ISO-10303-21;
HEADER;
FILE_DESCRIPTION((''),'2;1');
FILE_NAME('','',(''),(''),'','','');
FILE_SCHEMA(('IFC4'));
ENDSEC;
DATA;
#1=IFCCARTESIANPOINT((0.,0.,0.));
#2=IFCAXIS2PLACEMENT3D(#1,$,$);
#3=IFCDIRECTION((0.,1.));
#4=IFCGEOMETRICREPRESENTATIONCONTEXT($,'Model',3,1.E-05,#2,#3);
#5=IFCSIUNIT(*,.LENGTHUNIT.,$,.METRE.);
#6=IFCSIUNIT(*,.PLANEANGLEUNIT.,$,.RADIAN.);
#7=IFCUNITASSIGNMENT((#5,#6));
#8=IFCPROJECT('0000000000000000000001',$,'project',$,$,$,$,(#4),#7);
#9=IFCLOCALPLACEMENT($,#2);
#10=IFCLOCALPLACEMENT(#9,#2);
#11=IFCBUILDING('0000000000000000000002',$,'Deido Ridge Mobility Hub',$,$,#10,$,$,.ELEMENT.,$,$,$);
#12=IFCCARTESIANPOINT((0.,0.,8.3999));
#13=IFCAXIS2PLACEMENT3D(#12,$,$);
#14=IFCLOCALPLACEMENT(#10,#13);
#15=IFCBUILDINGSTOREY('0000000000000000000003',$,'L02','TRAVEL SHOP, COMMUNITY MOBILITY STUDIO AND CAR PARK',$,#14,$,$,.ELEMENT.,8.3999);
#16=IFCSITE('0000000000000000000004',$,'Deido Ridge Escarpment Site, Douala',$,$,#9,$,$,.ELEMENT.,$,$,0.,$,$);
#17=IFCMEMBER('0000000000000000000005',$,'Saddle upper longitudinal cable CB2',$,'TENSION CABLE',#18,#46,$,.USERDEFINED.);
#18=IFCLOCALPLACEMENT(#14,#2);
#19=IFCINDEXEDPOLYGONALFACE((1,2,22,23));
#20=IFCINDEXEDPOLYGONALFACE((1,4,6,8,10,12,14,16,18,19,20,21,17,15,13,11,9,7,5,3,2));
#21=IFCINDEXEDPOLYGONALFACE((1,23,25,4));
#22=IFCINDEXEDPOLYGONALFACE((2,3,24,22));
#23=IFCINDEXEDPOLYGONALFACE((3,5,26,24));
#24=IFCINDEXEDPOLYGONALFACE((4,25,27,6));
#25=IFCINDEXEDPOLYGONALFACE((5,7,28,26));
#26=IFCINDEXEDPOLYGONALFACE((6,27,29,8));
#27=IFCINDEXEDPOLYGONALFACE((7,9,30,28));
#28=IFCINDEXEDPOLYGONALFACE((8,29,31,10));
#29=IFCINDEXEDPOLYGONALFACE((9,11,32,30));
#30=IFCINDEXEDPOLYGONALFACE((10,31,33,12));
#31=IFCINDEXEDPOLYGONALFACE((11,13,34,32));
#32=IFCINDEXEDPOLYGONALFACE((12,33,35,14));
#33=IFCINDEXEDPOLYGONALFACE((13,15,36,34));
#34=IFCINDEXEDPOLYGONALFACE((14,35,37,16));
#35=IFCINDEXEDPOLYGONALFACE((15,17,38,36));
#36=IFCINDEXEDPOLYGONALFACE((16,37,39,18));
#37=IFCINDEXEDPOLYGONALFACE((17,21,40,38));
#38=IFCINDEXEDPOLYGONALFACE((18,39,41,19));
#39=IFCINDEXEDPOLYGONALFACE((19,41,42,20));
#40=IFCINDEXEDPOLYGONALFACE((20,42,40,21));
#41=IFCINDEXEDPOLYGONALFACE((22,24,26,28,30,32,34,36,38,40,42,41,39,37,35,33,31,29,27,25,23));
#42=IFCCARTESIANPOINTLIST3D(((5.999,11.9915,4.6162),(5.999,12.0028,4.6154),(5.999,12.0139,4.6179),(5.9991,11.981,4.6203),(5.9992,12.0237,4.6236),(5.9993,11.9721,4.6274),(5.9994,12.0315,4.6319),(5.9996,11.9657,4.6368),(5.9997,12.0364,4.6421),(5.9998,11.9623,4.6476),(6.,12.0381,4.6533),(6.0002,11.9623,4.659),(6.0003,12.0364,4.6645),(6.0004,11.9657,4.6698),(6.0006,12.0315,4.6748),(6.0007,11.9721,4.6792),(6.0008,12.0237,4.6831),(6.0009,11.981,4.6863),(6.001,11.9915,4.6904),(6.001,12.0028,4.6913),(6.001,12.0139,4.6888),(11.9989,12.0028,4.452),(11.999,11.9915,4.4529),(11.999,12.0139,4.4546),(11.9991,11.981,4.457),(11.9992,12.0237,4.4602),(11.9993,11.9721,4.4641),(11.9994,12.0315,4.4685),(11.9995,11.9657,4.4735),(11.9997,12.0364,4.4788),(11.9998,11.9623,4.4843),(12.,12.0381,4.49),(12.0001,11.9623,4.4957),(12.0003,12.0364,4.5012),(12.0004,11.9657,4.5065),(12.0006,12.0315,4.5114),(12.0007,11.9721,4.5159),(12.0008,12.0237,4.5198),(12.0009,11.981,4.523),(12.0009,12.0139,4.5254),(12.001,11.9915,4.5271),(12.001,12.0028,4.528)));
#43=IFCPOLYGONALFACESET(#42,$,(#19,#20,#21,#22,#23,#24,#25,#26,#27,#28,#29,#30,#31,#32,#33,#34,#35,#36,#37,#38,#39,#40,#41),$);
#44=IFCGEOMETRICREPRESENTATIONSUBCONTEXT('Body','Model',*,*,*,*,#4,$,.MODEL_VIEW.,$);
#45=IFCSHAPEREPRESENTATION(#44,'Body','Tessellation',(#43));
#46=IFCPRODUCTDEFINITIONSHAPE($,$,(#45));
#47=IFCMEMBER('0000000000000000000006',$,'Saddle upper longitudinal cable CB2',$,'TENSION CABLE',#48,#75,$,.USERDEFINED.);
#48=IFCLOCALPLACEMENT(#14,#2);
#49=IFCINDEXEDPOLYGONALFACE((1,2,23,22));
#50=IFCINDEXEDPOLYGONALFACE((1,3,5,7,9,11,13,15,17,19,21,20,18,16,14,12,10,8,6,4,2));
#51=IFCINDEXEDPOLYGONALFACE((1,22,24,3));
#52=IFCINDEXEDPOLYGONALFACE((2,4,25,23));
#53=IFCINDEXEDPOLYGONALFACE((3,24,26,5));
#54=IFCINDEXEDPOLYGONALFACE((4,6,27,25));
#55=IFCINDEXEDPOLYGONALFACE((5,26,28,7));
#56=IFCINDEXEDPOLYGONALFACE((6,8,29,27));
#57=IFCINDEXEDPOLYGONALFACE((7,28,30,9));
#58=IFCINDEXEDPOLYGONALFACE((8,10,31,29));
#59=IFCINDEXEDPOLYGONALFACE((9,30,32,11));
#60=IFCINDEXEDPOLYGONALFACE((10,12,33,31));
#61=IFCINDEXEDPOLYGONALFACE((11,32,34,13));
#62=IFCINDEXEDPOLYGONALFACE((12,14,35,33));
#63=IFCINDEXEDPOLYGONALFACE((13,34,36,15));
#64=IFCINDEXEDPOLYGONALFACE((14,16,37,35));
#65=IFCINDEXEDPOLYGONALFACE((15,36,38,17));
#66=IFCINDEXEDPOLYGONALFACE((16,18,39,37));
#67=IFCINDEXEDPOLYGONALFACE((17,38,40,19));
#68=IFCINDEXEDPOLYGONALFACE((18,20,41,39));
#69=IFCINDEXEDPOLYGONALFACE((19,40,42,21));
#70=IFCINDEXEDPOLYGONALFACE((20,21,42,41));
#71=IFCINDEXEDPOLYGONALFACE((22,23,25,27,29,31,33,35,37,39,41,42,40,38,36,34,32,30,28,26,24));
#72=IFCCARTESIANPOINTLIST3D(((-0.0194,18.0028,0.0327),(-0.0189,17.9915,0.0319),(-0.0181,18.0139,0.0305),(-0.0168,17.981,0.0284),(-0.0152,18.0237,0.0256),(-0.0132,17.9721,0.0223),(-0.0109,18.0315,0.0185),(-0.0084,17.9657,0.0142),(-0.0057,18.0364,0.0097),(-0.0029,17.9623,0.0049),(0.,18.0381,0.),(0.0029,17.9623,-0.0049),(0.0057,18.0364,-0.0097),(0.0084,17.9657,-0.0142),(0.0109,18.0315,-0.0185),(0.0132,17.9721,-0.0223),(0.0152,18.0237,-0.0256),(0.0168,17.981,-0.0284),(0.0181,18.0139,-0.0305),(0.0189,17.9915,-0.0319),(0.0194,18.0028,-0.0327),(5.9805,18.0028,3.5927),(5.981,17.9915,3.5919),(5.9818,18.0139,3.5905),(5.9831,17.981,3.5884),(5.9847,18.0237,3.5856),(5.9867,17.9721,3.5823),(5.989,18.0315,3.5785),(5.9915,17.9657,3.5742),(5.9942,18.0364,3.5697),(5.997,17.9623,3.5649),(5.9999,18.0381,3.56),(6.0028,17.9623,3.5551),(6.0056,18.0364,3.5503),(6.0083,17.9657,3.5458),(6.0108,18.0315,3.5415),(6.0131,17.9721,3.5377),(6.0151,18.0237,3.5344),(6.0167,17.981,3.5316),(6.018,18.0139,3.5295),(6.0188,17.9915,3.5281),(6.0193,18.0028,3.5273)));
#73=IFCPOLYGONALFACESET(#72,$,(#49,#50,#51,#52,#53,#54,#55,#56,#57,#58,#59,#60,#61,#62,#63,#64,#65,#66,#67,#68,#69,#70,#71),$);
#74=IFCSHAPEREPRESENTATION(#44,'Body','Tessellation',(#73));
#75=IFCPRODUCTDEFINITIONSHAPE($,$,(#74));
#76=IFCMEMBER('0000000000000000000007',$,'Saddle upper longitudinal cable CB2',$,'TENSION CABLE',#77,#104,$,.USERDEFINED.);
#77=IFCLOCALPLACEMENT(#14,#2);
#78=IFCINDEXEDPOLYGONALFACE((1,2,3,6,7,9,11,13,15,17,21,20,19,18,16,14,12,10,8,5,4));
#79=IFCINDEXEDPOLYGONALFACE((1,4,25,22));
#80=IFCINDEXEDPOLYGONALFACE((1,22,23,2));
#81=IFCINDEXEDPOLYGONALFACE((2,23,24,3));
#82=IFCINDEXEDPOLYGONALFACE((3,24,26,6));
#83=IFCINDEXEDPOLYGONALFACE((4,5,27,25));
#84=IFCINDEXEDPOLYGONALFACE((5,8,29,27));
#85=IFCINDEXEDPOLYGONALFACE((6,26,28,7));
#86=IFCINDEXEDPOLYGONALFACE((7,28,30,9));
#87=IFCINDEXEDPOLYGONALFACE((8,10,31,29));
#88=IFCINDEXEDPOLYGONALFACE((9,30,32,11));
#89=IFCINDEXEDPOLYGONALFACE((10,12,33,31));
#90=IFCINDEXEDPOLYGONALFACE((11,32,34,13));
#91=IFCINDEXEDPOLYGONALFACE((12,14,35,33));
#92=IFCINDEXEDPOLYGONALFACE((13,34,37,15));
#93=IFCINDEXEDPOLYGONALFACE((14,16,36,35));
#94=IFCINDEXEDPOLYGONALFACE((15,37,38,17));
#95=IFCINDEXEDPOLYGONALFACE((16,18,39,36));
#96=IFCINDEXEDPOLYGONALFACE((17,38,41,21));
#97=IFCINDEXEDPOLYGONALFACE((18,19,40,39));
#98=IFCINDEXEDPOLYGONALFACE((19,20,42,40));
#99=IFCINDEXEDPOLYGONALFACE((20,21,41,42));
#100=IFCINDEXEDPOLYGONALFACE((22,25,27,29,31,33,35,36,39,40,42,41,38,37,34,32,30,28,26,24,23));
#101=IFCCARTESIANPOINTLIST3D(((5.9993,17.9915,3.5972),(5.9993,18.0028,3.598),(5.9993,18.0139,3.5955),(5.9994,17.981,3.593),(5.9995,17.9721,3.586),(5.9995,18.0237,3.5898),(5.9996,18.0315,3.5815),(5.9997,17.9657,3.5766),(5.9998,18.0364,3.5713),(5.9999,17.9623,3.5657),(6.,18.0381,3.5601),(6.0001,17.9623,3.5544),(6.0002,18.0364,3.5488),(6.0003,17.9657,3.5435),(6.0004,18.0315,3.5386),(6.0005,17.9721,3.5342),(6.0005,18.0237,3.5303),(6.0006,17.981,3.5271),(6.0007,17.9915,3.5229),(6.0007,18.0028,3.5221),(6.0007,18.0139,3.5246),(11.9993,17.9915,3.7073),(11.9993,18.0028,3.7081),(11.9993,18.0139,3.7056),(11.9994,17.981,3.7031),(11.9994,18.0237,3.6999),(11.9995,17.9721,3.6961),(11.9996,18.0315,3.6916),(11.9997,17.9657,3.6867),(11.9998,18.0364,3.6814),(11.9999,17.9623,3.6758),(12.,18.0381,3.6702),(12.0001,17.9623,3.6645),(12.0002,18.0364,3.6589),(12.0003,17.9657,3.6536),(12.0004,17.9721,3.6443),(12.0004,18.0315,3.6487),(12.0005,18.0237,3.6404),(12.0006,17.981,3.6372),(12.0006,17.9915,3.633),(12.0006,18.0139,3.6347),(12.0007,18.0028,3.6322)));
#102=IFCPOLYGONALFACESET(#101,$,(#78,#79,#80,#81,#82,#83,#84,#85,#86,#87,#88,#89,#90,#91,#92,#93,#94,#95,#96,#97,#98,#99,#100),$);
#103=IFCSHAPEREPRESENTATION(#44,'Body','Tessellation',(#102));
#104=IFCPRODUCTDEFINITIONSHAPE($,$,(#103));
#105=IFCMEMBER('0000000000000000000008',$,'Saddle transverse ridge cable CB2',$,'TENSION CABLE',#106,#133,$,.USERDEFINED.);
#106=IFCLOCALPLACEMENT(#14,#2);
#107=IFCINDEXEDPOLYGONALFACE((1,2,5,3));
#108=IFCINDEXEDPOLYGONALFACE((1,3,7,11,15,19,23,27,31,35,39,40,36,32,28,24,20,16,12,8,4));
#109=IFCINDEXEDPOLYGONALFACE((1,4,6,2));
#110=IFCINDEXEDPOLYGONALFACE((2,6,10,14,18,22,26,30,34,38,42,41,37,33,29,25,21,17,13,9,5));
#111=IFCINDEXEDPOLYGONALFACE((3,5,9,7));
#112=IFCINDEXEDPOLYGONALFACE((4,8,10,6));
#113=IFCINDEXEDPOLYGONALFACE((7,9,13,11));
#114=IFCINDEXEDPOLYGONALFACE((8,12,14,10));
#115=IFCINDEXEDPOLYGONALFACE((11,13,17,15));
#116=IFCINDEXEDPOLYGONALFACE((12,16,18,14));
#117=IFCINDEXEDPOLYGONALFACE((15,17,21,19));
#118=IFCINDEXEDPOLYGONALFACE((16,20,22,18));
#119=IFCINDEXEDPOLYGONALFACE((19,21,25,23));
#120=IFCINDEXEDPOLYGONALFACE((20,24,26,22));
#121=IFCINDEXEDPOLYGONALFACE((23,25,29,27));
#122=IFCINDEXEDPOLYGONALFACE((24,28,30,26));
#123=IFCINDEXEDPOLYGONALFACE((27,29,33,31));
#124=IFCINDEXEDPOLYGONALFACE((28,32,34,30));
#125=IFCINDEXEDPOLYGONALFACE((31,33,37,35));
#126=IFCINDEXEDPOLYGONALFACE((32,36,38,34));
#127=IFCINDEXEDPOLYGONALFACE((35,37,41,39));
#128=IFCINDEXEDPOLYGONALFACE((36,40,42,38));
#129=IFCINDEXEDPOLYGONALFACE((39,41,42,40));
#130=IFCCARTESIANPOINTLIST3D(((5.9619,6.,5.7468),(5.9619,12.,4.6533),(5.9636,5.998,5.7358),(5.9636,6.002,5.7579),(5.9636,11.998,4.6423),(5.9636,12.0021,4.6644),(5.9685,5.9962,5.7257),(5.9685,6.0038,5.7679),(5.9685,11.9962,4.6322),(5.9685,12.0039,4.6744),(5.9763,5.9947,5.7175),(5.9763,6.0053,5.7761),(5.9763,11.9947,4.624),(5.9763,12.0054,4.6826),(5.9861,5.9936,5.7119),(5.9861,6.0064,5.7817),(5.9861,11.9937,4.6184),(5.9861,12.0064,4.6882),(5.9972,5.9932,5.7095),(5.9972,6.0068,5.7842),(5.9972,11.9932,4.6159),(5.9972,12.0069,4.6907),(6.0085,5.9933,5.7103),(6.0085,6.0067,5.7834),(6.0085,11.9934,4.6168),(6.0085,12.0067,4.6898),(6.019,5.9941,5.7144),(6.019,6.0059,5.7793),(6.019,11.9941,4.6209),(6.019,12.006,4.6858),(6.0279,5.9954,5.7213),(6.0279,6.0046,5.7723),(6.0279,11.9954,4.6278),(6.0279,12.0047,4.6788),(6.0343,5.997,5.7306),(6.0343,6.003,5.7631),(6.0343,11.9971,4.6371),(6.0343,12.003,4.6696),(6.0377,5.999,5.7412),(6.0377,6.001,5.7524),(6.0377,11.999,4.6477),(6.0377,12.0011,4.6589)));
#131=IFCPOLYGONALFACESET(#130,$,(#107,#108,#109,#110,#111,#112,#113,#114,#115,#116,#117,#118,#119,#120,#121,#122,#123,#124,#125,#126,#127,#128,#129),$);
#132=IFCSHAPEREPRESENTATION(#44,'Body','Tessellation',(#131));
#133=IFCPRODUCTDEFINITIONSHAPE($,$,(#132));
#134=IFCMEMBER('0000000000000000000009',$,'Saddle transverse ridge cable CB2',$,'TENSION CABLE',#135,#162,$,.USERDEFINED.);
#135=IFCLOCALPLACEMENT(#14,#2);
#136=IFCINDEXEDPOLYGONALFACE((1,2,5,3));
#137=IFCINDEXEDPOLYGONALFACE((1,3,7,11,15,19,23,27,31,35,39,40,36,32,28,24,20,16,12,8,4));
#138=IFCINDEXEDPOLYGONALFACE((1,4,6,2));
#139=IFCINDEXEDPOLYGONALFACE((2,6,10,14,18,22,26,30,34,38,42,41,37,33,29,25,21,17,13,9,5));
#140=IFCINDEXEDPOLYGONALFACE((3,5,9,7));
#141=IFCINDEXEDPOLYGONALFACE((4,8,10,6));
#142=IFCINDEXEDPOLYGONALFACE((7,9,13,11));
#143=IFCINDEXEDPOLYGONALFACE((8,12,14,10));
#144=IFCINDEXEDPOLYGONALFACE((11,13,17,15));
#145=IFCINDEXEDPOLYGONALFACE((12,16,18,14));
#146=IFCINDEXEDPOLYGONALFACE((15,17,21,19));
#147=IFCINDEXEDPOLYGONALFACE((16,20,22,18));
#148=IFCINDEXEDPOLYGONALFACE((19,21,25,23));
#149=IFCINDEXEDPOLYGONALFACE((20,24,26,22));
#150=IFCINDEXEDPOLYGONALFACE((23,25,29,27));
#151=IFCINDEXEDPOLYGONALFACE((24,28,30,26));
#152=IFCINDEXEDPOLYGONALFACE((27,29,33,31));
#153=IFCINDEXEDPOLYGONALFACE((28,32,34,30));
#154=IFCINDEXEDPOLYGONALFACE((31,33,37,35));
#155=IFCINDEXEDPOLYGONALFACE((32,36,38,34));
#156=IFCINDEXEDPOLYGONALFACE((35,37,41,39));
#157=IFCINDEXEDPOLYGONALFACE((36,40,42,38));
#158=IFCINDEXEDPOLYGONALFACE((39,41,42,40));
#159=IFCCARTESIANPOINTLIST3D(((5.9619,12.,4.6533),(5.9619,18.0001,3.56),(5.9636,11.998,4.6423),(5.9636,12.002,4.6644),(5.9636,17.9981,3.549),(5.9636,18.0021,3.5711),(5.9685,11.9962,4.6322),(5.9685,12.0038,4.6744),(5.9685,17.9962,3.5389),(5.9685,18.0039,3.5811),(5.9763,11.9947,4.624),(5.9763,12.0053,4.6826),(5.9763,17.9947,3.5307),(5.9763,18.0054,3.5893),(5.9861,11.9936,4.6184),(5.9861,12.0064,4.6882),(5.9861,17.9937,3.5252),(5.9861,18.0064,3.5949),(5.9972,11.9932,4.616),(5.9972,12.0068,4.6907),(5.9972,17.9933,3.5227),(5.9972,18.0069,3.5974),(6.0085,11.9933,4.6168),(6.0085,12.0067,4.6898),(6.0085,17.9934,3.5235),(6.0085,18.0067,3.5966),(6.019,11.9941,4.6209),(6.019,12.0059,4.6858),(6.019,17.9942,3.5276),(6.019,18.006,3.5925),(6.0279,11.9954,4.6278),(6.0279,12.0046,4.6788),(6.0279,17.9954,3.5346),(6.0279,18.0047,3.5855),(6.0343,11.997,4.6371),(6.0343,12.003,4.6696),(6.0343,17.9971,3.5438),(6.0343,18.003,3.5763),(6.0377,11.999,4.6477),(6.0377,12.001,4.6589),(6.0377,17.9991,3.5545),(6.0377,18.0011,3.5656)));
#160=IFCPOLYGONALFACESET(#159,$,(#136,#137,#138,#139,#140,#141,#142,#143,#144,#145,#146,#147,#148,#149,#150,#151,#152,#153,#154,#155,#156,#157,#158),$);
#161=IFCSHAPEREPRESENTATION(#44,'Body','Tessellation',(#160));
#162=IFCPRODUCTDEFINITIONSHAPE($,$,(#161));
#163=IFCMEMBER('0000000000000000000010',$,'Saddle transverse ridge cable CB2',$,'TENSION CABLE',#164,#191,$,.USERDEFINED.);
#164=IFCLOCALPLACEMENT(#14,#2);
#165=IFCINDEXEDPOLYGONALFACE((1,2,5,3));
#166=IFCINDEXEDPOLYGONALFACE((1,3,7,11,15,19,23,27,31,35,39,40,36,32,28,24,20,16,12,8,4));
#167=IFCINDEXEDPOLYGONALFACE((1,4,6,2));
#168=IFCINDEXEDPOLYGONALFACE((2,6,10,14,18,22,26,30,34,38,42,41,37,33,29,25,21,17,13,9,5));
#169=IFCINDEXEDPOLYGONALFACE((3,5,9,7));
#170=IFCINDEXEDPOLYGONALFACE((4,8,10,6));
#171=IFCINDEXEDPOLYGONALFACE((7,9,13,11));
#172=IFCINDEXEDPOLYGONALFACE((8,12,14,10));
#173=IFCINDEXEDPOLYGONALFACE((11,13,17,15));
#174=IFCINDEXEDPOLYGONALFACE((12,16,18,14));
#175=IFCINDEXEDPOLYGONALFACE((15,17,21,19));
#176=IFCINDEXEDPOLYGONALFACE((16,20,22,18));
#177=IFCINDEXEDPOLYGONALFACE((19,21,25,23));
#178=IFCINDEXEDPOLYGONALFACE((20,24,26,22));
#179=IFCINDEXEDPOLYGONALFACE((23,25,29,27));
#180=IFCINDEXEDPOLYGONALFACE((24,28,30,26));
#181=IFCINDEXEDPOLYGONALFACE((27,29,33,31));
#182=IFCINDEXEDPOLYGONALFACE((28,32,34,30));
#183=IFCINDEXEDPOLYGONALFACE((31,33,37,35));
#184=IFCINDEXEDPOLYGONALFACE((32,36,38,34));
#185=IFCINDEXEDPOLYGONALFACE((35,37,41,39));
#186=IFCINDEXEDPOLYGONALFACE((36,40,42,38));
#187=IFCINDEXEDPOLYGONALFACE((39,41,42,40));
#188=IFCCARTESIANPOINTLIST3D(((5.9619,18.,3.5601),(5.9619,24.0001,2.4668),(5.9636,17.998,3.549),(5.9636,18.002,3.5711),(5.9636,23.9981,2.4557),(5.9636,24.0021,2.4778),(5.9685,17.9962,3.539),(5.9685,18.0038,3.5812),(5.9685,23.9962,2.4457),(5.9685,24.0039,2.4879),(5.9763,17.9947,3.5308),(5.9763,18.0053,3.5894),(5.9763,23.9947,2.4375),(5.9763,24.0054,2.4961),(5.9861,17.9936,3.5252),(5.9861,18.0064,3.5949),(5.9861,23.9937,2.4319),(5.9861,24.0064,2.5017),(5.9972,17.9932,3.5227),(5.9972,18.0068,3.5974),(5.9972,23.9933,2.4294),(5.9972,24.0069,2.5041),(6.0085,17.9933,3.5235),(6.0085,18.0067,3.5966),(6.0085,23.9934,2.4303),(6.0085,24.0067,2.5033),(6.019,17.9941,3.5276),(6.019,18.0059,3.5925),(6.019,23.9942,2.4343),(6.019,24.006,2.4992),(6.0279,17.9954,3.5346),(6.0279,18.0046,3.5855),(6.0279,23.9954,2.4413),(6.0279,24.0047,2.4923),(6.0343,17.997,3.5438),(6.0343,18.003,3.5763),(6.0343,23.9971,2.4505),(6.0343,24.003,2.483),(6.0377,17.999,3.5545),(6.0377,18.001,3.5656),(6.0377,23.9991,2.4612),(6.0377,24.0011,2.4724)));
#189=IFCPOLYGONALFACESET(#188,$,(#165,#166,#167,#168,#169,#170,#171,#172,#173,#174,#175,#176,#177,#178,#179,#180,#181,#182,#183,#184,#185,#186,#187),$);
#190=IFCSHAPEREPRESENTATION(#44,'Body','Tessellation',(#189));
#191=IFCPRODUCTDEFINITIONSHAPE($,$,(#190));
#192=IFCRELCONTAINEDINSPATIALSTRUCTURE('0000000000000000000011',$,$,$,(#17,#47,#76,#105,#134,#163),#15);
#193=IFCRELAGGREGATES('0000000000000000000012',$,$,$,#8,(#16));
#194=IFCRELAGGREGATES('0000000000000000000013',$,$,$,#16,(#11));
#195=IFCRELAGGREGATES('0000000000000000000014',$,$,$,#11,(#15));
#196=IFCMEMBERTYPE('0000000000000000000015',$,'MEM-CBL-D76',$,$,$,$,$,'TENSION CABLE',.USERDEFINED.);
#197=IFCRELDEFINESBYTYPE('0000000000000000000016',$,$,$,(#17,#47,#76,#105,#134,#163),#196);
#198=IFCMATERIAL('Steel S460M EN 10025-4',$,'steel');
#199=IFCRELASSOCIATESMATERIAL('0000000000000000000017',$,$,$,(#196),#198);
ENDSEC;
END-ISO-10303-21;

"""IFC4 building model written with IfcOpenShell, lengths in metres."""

from ifc_helpers import new_model, si_unit, direction, frame, origin, origin_2d, place, context, subcontext, project, spatial, circle, extrude, material, material_profile, profile_set, type_object, element, save


model = new_model("IFC4")

# Units and contexts
model_context = context("Model", 3, precision=1e-05, world=origin(), true_north=direction((0.0, 1.0)))
body_context = subcontext(model_context, "Body", "Model", "MODEL_VIEW")
ifc_project = project(units=[si_unit("LENGTHUNIT", "METRE"), si_unit("PLANEANGLEUNIT", "RADIAN")], contexts=[model_context])

# Site, building, storey
site_placement = place(None, origin())
site = spatial("IfcSite", under=ifc_project, at=site_placement, Name="Deido Ridge Escarpment Site, Douala", CompositionType="ELEMENT", RefElevation=0.0)
building_placement = place(site_placement, origin())
building = spatial("IfcBuilding", under=site, at=building_placement, Name="Deido Ridge Mobility Hub", CompositionType="ELEMENT")
storey_placement = place(building_placement, frame((0.0, 0.0, 8.3999)))
storey = spatial("IfcBuildingStorey", under=building, at=storey_placement, Name="L02", Description="TRAVEL SHOP, COMMUNITY MOBILITY STUDIO AND CAR PARK", CompositionType="ELEMENT", Elevation=8.3999)

# Members
ifc_material_1 = material(Name="Steel S460M EN 10025-4", Category="steel")
ifc_material_profile_1 = material_profile(ifc_material_1, circle(Radius=0.0381, at=origin_2d()), Name="CABLE D76")
ifc_profile_set_1 = profile_set([ifc_material_profile_1], Name="Steel S460M EN 10025-4")
member_type_1 = type_object("IfcMemberType", Name="MEM-CBL-D76", ElementType="TENSION CABLE", PredefinedType="USERDEFINED", material=ifc_profile_set_1)
member_1_placement = place(storey_placement, frame((6.0, 12.0, 4.6533), z_axis=(0.99963, 0.0, -0.027212), x_axis=(0.0, 1.0, 0.0)))
element("IfcMember", 1, at=member_1_placement, inside=storey, type_object=member_type_1, Name="Saddle upper longitudinal cable CB2", ObjectType="TENSION CABLE", PredefinedType="USERDEFINED", context=body_context, shape_type="SweptSolid", body=[
    extrude(circle(Radius=0.0381, at=origin_2d()), origin(), (0.0, 0.0, 1.0), 6.0022),
])
member_2_placement = place(storey_placement, frame((0.0, 18.0, 0.0), z_axis=(0.860008, 0.0, 0.51028), x_axis=(0.0, 1.0, 0.0)))
element("IfcMember", 2, at=member_2_placement, inside=storey, type_object=member_type_1, Name="Saddle upper longitudinal cable CB2", ObjectType="TENSION CABLE", PredefinedType="USERDEFINED", context=body_context, shape_type="SweptSolid", body=[
    extrude(circle(Radius=0.0381, at=origin_2d()), origin(), (0.0, 0.0, 1.0), 6.9766),
])
member_3_placement = place(storey_placement, frame((6.0, 18.0, 3.5601), z_axis=(0.999832, 0.0, 0.018348), x_axis=(0.0, 1.0, 0.0)))
element("IfcMember", 3, at=member_3_placement, inside=storey, type_object=member_type_1, Name="Saddle upper longitudinal cable CB2", ObjectType="TENSION CABLE", PredefinedType="USERDEFINED", context=body_context, shape_type="SweptSolid", body=[
    extrude(circle(Radius=0.0381, at=origin_2d()), origin(), (0.0, 0.0, 1.0), 6.001),
])
for number, where, z_axis, x_axis, name in (
    (4, (6.0, 6.0, 5.7468), (0.0, 0.983795, -0.179298), (-1.0, 0.0, 0.0), "Saddle transverse ridge cable CB2"),
    (5, (6.0, 12.0, 4.6533), (0.0, 0.983802, -0.179259), (-1.0, 0.0, 0.0), "Saddle transverse ridge cable CB2"),
    (6, (6.0, 18.0, 3.5601), (0.0, 0.983802, -0.179259), (-1.0, 0.0, 0.0), "Saddle transverse ridge cable CB2"),
):
    element("IfcMember", number, at=place(storey_placement, frame(where, z_axis=z_axis, x_axis=x_axis)), inside=storey, type_object=member_type_1, Name=name, ObjectType="TENSION CABLE", PredefinedType="USERDEFINED", context=body_context, shape_type="SweptSolid", body=[
        extrude(circle(Radius=0.0381, at=origin_2d()), origin(), (0.0, 0.0, 1.0), 6.0989),
    ])

save(model, "model.ifc")
